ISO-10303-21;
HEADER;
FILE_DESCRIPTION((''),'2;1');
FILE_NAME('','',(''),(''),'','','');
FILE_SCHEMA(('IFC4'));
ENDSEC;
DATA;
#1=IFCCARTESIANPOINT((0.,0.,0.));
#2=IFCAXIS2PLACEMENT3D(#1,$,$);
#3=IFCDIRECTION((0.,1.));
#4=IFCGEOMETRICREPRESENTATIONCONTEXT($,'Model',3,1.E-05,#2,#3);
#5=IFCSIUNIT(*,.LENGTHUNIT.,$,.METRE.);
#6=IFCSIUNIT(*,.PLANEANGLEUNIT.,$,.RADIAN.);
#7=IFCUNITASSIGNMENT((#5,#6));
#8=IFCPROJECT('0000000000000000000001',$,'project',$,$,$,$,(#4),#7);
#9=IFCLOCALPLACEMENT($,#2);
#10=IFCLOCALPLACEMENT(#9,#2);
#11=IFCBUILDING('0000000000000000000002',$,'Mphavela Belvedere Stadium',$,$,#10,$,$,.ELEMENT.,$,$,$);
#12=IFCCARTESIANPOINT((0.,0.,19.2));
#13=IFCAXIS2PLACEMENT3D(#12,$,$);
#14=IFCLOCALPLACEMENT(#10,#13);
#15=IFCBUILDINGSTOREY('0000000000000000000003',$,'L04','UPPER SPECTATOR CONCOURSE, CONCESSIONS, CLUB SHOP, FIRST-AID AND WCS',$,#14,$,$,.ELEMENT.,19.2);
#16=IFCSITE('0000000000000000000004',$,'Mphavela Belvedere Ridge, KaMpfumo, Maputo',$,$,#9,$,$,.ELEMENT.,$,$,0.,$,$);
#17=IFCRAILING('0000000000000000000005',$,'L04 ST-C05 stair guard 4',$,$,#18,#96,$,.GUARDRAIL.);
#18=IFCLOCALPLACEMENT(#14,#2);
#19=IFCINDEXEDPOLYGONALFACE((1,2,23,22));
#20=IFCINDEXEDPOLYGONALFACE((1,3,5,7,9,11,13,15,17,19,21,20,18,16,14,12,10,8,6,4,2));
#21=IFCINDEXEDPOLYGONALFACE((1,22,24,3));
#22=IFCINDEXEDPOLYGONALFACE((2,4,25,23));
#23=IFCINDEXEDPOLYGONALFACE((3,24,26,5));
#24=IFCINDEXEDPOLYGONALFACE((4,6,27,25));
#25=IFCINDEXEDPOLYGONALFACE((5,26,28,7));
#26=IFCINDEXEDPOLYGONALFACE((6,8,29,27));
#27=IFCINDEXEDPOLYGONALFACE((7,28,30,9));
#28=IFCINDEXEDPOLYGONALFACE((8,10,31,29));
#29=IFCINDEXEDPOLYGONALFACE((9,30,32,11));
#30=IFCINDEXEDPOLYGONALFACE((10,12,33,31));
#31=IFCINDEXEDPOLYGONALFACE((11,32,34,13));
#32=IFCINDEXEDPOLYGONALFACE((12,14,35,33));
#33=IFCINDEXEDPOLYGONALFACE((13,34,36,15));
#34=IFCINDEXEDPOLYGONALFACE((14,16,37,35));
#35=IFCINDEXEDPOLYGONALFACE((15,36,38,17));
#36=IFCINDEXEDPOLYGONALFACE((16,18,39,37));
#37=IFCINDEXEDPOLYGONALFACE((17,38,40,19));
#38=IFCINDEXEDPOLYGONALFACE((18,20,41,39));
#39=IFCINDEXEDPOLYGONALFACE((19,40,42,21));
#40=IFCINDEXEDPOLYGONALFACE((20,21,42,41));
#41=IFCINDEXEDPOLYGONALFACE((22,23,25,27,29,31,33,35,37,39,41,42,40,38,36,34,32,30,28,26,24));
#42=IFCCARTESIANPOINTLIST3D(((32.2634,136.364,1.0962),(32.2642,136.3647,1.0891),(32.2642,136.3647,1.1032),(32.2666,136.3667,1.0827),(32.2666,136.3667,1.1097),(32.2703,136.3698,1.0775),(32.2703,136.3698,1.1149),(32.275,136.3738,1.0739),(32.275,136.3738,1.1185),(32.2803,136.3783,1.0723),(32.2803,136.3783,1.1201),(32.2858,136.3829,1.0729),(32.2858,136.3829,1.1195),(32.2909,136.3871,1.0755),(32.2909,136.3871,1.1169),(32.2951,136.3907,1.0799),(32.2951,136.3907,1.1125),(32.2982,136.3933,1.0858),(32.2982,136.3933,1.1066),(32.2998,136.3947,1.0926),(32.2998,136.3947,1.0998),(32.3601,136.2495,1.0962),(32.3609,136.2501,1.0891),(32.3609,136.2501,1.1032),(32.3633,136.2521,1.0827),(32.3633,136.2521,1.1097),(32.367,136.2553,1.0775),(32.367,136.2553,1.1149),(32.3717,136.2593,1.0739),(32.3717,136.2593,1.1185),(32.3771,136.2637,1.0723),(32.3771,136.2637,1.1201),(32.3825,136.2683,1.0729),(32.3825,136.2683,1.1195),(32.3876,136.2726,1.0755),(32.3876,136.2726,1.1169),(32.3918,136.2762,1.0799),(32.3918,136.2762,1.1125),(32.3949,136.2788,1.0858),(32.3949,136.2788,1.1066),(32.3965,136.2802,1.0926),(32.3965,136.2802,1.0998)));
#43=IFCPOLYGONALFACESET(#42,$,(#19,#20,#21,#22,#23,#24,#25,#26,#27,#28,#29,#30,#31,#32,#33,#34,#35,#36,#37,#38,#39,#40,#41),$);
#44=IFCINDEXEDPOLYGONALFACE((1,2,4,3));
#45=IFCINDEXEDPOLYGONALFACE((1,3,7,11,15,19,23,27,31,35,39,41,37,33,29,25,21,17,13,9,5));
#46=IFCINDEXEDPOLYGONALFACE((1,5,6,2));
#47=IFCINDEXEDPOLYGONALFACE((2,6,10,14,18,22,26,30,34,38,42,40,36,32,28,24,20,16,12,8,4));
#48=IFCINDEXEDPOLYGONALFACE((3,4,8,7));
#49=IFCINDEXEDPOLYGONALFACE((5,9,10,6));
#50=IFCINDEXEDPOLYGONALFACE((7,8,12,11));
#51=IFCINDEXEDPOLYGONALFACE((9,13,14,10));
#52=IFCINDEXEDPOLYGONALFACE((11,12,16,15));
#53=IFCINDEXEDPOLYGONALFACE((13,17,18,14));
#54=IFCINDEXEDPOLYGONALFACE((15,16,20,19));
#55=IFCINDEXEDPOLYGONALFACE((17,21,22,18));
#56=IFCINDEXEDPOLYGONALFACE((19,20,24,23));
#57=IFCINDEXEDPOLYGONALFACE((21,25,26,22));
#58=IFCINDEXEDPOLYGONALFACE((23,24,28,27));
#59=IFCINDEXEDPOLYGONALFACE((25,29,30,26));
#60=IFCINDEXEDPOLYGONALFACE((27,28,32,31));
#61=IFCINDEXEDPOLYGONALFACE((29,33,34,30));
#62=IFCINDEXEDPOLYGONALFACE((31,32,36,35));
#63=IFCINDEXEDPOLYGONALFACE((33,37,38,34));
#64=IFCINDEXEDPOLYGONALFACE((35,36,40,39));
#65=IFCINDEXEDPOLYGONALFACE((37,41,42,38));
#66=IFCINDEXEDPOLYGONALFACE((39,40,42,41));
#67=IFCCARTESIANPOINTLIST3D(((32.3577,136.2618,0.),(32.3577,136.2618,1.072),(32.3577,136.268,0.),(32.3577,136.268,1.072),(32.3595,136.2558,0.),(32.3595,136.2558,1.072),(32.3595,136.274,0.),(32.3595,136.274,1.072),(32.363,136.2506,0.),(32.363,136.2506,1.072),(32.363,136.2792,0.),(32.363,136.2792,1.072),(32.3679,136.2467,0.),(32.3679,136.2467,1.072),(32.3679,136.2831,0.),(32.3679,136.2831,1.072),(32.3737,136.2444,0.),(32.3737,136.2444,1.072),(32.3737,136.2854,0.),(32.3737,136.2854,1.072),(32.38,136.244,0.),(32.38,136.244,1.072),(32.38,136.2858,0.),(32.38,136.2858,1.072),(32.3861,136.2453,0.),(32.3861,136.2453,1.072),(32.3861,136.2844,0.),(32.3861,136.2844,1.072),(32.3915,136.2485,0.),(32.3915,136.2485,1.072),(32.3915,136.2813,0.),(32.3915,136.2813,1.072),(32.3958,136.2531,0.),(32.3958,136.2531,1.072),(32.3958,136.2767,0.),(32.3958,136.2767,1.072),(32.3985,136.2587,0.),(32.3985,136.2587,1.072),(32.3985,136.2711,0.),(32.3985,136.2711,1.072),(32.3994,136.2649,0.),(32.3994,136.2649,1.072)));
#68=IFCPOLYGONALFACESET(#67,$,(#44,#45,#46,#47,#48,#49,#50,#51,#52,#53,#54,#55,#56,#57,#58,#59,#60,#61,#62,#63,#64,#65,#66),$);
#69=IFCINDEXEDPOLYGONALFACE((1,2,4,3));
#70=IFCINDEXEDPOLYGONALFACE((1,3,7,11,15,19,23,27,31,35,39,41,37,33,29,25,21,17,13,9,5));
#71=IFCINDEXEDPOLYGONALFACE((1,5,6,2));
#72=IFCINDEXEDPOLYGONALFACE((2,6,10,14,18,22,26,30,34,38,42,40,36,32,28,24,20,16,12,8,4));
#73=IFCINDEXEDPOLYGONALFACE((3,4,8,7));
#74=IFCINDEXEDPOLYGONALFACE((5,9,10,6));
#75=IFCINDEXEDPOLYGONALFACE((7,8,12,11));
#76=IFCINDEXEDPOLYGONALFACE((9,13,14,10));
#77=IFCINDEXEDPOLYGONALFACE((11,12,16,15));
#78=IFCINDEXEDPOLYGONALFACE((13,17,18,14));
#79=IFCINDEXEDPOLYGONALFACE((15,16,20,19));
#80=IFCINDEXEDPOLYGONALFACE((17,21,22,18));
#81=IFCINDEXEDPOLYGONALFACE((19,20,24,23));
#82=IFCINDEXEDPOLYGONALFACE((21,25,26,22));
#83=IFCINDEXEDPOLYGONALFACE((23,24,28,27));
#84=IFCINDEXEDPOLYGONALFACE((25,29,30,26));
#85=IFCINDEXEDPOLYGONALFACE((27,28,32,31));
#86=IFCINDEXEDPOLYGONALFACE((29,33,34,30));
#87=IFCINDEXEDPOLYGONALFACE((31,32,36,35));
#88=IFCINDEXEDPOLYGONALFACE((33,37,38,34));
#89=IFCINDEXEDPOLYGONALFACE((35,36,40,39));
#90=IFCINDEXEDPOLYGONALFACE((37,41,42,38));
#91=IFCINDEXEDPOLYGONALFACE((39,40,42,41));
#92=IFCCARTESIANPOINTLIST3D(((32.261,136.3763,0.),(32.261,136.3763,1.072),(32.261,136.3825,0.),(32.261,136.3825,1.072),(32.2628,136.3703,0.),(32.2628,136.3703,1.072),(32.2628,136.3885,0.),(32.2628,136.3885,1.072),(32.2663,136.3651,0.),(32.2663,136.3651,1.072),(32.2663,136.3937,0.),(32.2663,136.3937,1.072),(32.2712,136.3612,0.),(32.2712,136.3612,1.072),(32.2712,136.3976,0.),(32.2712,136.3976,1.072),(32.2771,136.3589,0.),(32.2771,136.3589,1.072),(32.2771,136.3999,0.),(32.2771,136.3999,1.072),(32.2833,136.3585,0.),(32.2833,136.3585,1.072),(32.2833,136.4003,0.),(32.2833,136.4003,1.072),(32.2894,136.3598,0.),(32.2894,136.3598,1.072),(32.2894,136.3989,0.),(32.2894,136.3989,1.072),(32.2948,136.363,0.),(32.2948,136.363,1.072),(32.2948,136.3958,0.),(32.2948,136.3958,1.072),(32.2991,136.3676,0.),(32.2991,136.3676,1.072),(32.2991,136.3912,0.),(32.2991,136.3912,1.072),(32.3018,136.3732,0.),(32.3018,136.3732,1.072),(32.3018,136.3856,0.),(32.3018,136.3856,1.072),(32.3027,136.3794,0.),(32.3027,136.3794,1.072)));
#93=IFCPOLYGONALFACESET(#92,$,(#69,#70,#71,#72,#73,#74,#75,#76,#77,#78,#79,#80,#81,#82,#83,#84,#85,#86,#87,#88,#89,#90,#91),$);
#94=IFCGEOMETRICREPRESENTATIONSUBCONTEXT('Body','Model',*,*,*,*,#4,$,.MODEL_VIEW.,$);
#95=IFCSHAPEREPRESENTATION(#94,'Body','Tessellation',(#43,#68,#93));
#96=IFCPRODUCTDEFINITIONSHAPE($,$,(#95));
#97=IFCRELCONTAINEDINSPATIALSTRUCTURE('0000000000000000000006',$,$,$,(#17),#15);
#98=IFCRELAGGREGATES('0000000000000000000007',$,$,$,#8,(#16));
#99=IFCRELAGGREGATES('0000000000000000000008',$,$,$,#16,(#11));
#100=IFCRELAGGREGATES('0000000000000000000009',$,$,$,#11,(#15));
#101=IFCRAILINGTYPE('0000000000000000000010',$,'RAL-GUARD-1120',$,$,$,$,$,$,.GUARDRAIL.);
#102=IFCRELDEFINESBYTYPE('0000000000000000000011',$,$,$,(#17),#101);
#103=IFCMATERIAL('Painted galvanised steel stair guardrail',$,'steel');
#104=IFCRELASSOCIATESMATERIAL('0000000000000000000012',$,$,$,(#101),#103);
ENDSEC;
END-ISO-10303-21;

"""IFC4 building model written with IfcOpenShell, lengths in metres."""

from ifc_helpers import new_model, si_unit, direction, frame, origin, origin_2d, place, context, subcontext, project, spatial, circle, extrude, material, type_object, element, save


model = new_model("IFC4")

# Units and contexts
model_context = context("Model", 3, precision=1e-05, world=origin(), true_north=direction((0.0, 1.0)))
body_context = subcontext(model_context, "Body", "Model", "MODEL_VIEW")
ifc_project = project(units=[si_unit("LENGTHUNIT", "METRE"), si_unit("PLANEANGLEUNIT", "RADIAN")], contexts=[model_context])

# Site, building, storey
site_placement = place(None, origin())
site = spatial("IfcSite", under=ifc_project, at=site_placement, Name="Mphavela Belvedere Ridge, KaMpfumo, Maputo", CompositionType="ELEMENT", RefElevation=0.0)
building_placement = place(site_placement, origin())
building = spatial("IfcBuilding", under=site, at=building_placement, Name="Mphavela Belvedere Stadium", CompositionType="ELEMENT")
storey_placement = place(building_placement, frame((0.0, 0.0, 19.2)))
storey = spatial("IfcBuildingStorey", under=building, at=storey_placement, Name="L04", Description="UPPER SPECTATOR CONCOURSE, CONCESSIONS, CLUB SHOP, FIRST-AID AND WCS", CompositionType="ELEMENT", Elevation=19.2)

# Railing
ifc_material_1 = material(Name="Painted galvanised steel stair guardrail", Category="steel")
railing_type_1 = type_object("IfcRailingType", Name="RAL-GUARD-1120", PredefinedType="GUARDRAIL", material=ifc_material_1)
railing_1_placement = place(storey_placement, frame((32.3784, 136.2649, 0.0)))
element("IfcRailing", 1, at=railing_1_placement, inside=storey, type_object=railing_type_1, Name="L04 ST-C05 stair guard 4", PredefinedType="GUARDRAIL", context=body_context, shape_type="SweptSolid", body=[
    extrude(circle(Radius=0.0239, at=origin_2d()), frame((0.0, 0.0, 1.0962), z_axis=(-0.645139, 0.764066, 0.0), x_axis=(-0.764066, -0.645139, 0.0)), (0.0, 0.0, 1.0), 0.1499),
    extrude(circle(Radius=0.021, at=origin_2d()), origin(), (0.0, 0.0, 1.0), 1.072),
    extrude(circle(Radius=0.021, at=origin_2d()), frame((-0.0967, 0.1145, 0.0)), (0.0, 0.0, 1.0), 1.072),
])

save(model, "model.ifc")
